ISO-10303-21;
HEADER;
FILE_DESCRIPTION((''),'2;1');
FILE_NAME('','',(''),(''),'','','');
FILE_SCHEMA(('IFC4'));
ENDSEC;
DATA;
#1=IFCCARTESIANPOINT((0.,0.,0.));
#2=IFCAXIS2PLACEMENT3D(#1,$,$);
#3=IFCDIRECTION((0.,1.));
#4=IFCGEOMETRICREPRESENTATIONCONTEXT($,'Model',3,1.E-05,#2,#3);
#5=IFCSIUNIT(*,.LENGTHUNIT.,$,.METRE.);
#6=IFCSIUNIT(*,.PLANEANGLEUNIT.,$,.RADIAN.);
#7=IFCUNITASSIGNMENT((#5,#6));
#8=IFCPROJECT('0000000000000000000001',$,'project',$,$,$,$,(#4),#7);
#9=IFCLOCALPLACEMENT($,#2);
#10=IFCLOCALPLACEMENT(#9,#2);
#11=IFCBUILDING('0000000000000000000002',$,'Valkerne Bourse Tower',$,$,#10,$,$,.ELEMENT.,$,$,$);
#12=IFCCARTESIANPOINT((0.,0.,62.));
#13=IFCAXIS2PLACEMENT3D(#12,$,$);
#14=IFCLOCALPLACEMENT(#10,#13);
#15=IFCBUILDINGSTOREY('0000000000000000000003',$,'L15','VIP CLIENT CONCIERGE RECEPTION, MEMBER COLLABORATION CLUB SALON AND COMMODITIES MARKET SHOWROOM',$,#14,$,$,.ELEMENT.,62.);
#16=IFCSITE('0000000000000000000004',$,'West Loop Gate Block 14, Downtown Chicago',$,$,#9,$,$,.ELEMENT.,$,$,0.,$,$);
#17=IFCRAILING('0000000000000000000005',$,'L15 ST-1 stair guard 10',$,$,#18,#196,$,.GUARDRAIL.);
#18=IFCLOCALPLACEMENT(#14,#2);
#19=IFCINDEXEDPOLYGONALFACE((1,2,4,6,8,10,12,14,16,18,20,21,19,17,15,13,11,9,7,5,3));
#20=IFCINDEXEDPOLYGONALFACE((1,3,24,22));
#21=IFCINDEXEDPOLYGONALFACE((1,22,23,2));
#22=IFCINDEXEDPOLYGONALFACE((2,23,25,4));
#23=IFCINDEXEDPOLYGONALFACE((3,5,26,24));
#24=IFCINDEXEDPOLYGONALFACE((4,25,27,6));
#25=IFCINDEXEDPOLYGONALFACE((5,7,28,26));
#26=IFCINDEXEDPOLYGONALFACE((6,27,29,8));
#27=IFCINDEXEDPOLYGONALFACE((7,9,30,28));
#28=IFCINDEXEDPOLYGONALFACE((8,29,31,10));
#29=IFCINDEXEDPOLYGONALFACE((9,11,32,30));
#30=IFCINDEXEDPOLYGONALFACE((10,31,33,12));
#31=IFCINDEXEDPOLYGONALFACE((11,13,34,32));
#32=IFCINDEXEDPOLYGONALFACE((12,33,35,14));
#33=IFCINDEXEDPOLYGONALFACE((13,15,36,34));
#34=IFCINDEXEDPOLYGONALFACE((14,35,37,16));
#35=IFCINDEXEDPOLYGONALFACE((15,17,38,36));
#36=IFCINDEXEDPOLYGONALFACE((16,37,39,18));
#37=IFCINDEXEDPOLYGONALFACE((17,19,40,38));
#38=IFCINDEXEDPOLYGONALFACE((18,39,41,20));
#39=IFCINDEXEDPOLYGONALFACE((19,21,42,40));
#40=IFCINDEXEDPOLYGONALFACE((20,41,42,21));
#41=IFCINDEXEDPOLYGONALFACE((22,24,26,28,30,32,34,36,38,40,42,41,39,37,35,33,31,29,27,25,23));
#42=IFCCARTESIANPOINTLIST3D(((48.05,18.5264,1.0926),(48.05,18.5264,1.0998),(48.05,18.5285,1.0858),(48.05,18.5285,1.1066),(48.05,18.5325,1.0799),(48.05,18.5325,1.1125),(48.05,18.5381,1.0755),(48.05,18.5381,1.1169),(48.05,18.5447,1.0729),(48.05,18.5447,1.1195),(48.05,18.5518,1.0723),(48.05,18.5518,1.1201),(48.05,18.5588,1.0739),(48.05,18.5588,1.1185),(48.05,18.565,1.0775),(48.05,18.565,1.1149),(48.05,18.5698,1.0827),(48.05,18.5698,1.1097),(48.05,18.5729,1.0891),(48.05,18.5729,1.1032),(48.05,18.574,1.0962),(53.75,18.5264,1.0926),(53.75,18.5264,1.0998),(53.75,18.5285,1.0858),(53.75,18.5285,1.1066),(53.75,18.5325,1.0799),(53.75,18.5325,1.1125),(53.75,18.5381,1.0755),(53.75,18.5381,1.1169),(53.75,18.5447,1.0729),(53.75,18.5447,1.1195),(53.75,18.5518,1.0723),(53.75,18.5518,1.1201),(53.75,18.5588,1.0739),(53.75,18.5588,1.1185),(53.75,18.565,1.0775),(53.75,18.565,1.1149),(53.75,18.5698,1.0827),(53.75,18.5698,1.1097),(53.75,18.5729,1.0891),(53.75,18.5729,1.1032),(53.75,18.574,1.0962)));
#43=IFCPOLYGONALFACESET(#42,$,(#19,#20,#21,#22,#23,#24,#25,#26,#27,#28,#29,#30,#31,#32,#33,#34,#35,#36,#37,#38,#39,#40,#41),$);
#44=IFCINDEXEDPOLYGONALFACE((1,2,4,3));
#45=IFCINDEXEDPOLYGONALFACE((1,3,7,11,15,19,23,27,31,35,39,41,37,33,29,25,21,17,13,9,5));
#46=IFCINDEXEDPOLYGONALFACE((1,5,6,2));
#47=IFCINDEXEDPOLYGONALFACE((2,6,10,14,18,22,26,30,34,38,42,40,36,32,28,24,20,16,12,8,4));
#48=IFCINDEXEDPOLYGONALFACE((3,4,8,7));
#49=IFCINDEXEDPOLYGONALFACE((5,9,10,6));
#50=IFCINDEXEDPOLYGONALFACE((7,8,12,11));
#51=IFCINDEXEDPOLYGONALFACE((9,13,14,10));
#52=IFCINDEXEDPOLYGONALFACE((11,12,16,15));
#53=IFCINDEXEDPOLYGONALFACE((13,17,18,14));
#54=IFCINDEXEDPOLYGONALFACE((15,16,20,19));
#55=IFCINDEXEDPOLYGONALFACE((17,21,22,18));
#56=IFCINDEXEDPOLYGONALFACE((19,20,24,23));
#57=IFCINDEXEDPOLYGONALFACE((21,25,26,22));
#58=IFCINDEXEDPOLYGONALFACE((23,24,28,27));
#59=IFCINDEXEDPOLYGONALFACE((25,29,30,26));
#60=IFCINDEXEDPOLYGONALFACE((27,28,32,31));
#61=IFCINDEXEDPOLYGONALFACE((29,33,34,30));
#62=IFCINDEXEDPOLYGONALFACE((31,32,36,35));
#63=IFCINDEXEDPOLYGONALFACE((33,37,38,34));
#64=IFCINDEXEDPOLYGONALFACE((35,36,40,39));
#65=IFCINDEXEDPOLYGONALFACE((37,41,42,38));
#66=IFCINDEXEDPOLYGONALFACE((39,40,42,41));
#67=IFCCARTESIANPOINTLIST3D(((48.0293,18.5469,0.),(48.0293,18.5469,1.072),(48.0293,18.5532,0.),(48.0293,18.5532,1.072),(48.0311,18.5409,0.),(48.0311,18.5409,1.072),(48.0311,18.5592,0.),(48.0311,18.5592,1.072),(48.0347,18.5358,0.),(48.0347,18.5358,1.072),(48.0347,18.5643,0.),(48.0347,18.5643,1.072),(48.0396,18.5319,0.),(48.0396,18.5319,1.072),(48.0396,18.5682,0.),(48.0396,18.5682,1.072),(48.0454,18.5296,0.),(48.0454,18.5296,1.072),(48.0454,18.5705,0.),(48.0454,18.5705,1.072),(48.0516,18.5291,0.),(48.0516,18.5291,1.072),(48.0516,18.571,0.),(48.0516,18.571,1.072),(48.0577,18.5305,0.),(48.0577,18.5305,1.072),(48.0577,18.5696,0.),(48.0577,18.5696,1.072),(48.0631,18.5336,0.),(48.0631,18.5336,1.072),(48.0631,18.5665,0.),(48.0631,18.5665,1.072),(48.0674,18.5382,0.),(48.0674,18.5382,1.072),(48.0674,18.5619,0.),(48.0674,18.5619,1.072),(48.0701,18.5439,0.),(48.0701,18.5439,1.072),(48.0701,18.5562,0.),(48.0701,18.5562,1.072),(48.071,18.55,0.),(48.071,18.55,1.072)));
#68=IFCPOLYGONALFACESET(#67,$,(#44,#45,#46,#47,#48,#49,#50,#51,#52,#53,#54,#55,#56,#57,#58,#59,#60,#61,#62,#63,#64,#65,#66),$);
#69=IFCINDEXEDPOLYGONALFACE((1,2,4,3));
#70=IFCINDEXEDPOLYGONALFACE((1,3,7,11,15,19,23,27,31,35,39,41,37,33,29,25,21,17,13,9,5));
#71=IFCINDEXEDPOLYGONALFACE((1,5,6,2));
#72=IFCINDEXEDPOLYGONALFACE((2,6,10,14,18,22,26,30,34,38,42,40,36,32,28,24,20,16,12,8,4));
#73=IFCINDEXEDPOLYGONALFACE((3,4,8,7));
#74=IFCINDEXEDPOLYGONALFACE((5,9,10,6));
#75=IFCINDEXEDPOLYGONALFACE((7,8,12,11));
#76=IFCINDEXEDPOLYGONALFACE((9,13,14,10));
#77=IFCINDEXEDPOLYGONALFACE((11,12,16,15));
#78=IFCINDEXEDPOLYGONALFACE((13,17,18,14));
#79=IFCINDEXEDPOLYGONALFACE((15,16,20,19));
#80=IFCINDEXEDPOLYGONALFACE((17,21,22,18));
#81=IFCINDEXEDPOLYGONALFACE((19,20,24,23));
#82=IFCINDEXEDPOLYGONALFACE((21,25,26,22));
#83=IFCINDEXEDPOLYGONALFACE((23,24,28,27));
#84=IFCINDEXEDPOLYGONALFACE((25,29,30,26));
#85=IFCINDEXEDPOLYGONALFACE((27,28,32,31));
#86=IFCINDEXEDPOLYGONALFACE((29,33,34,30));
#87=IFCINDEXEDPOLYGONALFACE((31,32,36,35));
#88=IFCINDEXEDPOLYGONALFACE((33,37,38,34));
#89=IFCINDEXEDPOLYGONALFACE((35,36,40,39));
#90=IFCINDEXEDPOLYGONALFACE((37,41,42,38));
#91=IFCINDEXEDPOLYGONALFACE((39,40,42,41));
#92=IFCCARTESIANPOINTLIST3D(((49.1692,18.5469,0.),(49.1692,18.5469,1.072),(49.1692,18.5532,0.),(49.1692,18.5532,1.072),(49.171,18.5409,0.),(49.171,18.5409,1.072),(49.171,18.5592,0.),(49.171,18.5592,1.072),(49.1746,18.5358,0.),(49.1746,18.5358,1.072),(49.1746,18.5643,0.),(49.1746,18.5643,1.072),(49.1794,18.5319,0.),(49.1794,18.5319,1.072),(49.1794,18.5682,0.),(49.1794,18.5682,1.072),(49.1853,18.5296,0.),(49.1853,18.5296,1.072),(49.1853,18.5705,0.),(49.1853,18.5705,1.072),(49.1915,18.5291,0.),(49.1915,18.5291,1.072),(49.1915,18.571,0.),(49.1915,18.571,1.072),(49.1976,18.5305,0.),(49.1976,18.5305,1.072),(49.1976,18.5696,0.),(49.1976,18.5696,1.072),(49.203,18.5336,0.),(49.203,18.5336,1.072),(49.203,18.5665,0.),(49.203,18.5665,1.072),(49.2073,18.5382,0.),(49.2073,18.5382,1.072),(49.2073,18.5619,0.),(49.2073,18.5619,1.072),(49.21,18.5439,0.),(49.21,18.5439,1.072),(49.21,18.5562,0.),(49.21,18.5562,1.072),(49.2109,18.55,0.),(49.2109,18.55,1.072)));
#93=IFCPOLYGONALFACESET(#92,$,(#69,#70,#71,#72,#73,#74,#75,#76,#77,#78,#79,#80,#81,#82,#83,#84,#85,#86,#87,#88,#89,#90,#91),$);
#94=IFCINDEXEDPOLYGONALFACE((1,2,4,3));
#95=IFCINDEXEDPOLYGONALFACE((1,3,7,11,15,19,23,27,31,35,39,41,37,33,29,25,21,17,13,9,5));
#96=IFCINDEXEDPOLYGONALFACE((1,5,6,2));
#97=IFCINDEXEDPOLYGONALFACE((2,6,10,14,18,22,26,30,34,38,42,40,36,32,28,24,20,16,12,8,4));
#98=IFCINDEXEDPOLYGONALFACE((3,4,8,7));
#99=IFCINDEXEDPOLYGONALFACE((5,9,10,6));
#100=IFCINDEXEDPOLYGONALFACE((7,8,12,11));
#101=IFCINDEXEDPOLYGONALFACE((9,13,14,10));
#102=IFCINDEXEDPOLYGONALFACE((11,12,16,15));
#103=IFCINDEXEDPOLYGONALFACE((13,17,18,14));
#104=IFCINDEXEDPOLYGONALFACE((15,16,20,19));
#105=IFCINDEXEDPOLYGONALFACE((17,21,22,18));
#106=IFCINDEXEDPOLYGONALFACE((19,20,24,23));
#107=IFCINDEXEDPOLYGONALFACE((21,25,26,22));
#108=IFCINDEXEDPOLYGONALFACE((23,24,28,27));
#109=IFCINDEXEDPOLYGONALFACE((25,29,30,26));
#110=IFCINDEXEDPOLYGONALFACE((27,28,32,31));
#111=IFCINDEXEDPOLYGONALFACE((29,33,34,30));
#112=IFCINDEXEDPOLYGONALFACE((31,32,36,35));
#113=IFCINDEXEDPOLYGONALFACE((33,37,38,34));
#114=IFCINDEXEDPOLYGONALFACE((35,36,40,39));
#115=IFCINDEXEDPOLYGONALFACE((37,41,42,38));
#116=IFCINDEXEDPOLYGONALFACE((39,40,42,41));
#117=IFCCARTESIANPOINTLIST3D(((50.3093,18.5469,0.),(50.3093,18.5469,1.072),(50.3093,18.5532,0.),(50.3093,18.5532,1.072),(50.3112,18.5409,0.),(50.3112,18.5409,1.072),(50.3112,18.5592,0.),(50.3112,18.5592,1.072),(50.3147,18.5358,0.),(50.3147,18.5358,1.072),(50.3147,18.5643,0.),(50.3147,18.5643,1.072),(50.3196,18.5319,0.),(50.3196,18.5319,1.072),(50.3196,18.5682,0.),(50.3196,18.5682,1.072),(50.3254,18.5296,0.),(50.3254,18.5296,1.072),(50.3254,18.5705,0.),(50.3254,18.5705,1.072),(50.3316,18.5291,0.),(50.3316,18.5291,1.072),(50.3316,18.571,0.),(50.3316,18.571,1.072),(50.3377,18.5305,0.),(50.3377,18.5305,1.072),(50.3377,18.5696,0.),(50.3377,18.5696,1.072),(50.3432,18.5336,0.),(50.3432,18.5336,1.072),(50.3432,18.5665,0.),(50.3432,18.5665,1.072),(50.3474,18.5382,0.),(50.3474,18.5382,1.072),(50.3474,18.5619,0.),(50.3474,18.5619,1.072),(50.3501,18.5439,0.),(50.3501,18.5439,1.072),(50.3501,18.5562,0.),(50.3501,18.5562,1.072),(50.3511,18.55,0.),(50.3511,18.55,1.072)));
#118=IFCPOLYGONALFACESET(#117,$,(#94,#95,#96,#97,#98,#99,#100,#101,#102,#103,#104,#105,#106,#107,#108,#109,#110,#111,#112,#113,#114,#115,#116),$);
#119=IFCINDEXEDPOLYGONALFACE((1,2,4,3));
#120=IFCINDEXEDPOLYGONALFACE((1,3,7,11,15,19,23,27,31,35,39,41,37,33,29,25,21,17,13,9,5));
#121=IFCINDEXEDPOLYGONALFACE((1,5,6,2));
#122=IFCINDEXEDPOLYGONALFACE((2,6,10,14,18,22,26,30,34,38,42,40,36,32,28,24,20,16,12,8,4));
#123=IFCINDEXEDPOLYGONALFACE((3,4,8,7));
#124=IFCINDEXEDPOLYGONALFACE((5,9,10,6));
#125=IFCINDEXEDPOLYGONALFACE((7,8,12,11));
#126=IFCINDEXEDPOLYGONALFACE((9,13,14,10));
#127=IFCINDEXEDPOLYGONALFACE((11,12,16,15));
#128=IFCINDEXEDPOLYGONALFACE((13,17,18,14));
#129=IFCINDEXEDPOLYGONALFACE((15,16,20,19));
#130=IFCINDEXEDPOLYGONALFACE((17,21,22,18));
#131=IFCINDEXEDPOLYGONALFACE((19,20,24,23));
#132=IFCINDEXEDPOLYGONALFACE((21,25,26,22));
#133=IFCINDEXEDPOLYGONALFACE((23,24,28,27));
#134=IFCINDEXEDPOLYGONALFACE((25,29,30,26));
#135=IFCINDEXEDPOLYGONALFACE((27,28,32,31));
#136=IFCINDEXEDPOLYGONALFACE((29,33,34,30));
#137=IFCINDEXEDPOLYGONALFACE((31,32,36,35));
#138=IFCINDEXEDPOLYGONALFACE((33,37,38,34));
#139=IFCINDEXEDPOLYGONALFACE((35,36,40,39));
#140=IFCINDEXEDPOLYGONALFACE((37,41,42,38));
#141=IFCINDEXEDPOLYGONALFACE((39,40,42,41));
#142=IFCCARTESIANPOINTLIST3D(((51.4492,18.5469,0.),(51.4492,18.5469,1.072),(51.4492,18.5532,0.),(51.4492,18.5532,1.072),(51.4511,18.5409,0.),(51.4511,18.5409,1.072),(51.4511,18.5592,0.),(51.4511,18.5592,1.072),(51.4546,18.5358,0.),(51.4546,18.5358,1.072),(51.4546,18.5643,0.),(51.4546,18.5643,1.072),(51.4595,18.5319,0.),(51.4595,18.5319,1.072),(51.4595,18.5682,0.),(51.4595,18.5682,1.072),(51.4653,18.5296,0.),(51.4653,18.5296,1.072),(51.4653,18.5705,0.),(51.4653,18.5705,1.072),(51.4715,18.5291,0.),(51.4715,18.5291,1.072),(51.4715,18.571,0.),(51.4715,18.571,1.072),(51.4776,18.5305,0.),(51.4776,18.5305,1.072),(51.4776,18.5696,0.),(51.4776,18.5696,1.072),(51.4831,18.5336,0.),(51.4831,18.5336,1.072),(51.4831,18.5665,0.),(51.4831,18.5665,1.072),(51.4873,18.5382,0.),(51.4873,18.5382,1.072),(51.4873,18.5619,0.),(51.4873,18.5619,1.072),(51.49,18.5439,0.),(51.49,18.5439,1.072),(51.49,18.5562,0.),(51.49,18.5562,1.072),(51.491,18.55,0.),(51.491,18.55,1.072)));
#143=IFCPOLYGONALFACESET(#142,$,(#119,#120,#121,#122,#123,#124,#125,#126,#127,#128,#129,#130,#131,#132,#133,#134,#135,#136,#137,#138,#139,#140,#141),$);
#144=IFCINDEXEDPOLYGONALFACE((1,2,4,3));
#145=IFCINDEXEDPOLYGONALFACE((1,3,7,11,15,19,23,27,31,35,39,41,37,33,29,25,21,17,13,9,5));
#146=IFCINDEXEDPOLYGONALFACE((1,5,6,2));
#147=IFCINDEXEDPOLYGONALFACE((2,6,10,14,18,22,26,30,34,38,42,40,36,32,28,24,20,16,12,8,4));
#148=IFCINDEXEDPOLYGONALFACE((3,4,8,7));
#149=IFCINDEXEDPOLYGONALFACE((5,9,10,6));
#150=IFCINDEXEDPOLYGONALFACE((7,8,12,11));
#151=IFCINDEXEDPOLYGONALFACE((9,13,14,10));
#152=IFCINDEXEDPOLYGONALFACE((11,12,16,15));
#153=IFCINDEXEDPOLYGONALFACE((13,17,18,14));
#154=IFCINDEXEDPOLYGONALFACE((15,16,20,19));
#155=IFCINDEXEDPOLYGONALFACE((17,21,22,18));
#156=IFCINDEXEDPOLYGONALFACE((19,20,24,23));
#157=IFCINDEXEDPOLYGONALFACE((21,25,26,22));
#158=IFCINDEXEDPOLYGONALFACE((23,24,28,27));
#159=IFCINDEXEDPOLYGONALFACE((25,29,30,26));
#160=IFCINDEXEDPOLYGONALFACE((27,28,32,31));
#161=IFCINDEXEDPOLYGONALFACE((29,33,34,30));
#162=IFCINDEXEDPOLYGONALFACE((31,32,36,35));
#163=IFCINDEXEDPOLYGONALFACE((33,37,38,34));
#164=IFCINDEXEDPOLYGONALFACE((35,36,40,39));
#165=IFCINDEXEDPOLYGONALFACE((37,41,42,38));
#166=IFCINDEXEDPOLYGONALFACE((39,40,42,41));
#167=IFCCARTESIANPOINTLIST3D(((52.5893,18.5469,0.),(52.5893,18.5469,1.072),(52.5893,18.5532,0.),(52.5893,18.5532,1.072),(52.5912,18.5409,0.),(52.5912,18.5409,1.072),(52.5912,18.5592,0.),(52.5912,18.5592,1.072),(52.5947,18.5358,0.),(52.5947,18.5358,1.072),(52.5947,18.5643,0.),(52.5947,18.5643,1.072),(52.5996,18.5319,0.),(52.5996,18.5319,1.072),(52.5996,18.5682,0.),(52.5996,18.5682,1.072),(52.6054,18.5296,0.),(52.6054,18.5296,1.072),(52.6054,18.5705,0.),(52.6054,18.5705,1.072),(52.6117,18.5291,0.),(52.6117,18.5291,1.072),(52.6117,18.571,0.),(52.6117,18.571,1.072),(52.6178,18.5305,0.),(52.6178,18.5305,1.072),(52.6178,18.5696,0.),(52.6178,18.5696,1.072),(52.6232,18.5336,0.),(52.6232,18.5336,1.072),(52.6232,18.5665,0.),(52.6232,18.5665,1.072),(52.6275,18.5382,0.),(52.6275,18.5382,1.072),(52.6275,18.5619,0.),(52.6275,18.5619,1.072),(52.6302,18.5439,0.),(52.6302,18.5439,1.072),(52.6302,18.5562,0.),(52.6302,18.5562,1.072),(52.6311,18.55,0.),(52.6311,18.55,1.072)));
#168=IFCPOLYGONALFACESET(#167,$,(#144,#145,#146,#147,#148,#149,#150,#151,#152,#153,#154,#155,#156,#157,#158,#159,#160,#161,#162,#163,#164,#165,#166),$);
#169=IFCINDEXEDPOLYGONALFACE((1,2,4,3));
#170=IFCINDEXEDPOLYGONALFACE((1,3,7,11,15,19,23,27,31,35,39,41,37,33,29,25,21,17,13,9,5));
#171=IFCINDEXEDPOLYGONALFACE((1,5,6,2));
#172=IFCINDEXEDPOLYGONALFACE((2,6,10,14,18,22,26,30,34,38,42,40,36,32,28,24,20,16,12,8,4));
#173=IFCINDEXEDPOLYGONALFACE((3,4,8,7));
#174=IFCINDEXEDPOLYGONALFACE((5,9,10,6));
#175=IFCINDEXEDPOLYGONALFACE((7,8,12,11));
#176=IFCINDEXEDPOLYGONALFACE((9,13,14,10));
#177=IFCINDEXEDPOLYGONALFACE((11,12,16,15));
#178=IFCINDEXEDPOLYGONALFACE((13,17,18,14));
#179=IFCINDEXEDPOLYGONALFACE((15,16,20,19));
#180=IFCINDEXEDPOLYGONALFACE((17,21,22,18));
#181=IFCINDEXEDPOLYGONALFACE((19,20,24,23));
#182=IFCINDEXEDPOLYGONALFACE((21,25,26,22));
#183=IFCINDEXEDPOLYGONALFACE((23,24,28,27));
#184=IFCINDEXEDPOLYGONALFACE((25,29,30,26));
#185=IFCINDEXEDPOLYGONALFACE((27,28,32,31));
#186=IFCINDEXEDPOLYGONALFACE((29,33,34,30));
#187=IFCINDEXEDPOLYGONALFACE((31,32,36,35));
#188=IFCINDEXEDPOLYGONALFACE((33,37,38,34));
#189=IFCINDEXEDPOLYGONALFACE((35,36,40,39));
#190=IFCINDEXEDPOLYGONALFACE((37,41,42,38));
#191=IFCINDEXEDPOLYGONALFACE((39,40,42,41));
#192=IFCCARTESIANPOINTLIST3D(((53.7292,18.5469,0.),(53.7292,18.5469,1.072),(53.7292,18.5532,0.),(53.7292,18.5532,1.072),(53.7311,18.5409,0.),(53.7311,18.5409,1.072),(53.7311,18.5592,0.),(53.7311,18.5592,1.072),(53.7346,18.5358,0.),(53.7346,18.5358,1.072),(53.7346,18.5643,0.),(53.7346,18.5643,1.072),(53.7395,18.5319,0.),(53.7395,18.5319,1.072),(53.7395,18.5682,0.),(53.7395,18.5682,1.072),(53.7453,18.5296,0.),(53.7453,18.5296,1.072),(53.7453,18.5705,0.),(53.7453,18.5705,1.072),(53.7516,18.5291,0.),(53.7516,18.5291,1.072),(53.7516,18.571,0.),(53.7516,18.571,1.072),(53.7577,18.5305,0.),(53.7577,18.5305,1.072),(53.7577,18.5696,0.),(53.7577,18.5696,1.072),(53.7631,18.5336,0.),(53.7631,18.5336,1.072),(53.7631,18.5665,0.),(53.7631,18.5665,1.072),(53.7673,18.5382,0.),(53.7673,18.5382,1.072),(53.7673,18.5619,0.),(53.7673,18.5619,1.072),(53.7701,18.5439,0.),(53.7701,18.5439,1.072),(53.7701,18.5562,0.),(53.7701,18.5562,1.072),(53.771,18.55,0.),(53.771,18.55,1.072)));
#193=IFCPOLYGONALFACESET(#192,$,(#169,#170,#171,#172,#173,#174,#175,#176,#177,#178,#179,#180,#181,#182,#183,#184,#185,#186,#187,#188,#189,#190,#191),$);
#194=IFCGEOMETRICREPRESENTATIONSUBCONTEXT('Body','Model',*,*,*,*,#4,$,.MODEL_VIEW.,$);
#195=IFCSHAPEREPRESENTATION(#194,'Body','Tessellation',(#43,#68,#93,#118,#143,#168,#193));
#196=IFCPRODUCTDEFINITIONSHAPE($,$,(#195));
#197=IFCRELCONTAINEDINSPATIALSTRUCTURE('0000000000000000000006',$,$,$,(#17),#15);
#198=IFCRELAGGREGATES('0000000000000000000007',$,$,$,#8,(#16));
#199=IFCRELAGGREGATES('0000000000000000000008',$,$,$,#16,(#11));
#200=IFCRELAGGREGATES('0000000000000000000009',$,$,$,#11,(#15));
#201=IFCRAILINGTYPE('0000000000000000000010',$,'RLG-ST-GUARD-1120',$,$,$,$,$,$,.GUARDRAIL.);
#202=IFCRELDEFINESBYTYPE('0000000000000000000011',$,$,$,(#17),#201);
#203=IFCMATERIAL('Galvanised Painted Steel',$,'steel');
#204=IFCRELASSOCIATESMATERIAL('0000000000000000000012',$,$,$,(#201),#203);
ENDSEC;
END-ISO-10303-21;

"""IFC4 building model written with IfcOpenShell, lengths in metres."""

from ifc_helpers import new_model, si_unit, direction, frame, origin, origin_2d, place, context, subcontext, project, spatial, circle, extrude, material, type_object, element, save


model = new_model("IFC4")

# Units and contexts
model_context = context("Model", 3, precision=1e-05, world=origin(), true_north=direction((0.0, 1.0)))
body_context = subcontext(model_context, "Body", "Model", "MODEL_VIEW")
ifc_project = project(units=[si_unit("LENGTHUNIT", "METRE"), si_unit("PLANEANGLEUNIT", "RADIAN")], contexts=[model_context])

# Site, building, storey
site_placement = place(None, origin())
site = spatial("IfcSite", under=ifc_project, at=site_placement, Name="West Loop Gate Block 14, Downtown Chicago", CompositionType="ELEMENT", RefElevation=0.0)
building_placement = place(site_placement, origin())
building = spatial("IfcBuilding", under=site, at=building_placement, Name="Valkerne Bourse Tower", CompositionType="ELEMENT")
storey_placement = place(building_placement, frame((0.0, 0.0, 62.0)))
storey = spatial("IfcBuildingStorey", under=building, at=storey_placement, Name="L15", Description="VIP CLIENT CONCIERGE RECEPTION, MEMBER COLLABORATION CLUB SALON AND COMMODITIES MARKET SHOWROOM", CompositionType="ELEMENT", Elevation=62.0)

# Shared definitions
ifc_material_1 = material(Name="Galvanised Painted Steel", Category="steel")

# Railing
railing_type_1 = type_object("IfcRailingType", Name="RLG-ST-GUARD-1120", PredefinedType="GUARDRAIL", material=ifc_material_1)
railing_1_placement = place(storey_placement, frame((48.05, 18.55, 0.0)))
element("IfcRailing", 1, at=railing_1_placement, inside=storey, type_object=railing_type_1, Name="L15 ST-1 stair guard 10", PredefinedType="GUARDRAIL", context=body_context, shape_type="SweptSolid", body=[
    extrude(circle(Radius=0.0239, at=origin_2d()), frame((0.0, 0.0, 1.0962), z_axis=(1.0, 0.0, 0.0), x_axis=(0.0, 1.0, 0.0)), (0.0, 0.0, 1.0), 5.7),
    extrude(circle(Radius=0.021, at=origin_2d()), origin(), (0.0, 0.0, 1.0), 1.072),
    extrude(circle(Radius=0.021, at=origin_2d()), frame((1.1399, 0.0, 0.0)), (0.0, 0.0, 1.0), 1.072),
    extrude(circle(Radius=0.021, at=origin_2d()), frame((2.28, 0.0, 0.0)), (0.0, 0.0, 1.0), 1.072),
    extrude(circle(Radius=0.021, at=origin_2d()), frame((3.4199, 0.0, 0.0)), (0.0, 0.0, 1.0), 1.072),
    extrude(circle(Radius=0.021, at=origin_2d()), frame((4.5601, 0.0, 0.0)), (0.0, 0.0, 1.0), 1.072),
    extrude(circle(Radius=0.021, at=origin_2d()), frame((5.7, 0.0, 0.0)), (0.0, 0.0, 1.0), 1.072),
])

save(model, "model.ifc")
